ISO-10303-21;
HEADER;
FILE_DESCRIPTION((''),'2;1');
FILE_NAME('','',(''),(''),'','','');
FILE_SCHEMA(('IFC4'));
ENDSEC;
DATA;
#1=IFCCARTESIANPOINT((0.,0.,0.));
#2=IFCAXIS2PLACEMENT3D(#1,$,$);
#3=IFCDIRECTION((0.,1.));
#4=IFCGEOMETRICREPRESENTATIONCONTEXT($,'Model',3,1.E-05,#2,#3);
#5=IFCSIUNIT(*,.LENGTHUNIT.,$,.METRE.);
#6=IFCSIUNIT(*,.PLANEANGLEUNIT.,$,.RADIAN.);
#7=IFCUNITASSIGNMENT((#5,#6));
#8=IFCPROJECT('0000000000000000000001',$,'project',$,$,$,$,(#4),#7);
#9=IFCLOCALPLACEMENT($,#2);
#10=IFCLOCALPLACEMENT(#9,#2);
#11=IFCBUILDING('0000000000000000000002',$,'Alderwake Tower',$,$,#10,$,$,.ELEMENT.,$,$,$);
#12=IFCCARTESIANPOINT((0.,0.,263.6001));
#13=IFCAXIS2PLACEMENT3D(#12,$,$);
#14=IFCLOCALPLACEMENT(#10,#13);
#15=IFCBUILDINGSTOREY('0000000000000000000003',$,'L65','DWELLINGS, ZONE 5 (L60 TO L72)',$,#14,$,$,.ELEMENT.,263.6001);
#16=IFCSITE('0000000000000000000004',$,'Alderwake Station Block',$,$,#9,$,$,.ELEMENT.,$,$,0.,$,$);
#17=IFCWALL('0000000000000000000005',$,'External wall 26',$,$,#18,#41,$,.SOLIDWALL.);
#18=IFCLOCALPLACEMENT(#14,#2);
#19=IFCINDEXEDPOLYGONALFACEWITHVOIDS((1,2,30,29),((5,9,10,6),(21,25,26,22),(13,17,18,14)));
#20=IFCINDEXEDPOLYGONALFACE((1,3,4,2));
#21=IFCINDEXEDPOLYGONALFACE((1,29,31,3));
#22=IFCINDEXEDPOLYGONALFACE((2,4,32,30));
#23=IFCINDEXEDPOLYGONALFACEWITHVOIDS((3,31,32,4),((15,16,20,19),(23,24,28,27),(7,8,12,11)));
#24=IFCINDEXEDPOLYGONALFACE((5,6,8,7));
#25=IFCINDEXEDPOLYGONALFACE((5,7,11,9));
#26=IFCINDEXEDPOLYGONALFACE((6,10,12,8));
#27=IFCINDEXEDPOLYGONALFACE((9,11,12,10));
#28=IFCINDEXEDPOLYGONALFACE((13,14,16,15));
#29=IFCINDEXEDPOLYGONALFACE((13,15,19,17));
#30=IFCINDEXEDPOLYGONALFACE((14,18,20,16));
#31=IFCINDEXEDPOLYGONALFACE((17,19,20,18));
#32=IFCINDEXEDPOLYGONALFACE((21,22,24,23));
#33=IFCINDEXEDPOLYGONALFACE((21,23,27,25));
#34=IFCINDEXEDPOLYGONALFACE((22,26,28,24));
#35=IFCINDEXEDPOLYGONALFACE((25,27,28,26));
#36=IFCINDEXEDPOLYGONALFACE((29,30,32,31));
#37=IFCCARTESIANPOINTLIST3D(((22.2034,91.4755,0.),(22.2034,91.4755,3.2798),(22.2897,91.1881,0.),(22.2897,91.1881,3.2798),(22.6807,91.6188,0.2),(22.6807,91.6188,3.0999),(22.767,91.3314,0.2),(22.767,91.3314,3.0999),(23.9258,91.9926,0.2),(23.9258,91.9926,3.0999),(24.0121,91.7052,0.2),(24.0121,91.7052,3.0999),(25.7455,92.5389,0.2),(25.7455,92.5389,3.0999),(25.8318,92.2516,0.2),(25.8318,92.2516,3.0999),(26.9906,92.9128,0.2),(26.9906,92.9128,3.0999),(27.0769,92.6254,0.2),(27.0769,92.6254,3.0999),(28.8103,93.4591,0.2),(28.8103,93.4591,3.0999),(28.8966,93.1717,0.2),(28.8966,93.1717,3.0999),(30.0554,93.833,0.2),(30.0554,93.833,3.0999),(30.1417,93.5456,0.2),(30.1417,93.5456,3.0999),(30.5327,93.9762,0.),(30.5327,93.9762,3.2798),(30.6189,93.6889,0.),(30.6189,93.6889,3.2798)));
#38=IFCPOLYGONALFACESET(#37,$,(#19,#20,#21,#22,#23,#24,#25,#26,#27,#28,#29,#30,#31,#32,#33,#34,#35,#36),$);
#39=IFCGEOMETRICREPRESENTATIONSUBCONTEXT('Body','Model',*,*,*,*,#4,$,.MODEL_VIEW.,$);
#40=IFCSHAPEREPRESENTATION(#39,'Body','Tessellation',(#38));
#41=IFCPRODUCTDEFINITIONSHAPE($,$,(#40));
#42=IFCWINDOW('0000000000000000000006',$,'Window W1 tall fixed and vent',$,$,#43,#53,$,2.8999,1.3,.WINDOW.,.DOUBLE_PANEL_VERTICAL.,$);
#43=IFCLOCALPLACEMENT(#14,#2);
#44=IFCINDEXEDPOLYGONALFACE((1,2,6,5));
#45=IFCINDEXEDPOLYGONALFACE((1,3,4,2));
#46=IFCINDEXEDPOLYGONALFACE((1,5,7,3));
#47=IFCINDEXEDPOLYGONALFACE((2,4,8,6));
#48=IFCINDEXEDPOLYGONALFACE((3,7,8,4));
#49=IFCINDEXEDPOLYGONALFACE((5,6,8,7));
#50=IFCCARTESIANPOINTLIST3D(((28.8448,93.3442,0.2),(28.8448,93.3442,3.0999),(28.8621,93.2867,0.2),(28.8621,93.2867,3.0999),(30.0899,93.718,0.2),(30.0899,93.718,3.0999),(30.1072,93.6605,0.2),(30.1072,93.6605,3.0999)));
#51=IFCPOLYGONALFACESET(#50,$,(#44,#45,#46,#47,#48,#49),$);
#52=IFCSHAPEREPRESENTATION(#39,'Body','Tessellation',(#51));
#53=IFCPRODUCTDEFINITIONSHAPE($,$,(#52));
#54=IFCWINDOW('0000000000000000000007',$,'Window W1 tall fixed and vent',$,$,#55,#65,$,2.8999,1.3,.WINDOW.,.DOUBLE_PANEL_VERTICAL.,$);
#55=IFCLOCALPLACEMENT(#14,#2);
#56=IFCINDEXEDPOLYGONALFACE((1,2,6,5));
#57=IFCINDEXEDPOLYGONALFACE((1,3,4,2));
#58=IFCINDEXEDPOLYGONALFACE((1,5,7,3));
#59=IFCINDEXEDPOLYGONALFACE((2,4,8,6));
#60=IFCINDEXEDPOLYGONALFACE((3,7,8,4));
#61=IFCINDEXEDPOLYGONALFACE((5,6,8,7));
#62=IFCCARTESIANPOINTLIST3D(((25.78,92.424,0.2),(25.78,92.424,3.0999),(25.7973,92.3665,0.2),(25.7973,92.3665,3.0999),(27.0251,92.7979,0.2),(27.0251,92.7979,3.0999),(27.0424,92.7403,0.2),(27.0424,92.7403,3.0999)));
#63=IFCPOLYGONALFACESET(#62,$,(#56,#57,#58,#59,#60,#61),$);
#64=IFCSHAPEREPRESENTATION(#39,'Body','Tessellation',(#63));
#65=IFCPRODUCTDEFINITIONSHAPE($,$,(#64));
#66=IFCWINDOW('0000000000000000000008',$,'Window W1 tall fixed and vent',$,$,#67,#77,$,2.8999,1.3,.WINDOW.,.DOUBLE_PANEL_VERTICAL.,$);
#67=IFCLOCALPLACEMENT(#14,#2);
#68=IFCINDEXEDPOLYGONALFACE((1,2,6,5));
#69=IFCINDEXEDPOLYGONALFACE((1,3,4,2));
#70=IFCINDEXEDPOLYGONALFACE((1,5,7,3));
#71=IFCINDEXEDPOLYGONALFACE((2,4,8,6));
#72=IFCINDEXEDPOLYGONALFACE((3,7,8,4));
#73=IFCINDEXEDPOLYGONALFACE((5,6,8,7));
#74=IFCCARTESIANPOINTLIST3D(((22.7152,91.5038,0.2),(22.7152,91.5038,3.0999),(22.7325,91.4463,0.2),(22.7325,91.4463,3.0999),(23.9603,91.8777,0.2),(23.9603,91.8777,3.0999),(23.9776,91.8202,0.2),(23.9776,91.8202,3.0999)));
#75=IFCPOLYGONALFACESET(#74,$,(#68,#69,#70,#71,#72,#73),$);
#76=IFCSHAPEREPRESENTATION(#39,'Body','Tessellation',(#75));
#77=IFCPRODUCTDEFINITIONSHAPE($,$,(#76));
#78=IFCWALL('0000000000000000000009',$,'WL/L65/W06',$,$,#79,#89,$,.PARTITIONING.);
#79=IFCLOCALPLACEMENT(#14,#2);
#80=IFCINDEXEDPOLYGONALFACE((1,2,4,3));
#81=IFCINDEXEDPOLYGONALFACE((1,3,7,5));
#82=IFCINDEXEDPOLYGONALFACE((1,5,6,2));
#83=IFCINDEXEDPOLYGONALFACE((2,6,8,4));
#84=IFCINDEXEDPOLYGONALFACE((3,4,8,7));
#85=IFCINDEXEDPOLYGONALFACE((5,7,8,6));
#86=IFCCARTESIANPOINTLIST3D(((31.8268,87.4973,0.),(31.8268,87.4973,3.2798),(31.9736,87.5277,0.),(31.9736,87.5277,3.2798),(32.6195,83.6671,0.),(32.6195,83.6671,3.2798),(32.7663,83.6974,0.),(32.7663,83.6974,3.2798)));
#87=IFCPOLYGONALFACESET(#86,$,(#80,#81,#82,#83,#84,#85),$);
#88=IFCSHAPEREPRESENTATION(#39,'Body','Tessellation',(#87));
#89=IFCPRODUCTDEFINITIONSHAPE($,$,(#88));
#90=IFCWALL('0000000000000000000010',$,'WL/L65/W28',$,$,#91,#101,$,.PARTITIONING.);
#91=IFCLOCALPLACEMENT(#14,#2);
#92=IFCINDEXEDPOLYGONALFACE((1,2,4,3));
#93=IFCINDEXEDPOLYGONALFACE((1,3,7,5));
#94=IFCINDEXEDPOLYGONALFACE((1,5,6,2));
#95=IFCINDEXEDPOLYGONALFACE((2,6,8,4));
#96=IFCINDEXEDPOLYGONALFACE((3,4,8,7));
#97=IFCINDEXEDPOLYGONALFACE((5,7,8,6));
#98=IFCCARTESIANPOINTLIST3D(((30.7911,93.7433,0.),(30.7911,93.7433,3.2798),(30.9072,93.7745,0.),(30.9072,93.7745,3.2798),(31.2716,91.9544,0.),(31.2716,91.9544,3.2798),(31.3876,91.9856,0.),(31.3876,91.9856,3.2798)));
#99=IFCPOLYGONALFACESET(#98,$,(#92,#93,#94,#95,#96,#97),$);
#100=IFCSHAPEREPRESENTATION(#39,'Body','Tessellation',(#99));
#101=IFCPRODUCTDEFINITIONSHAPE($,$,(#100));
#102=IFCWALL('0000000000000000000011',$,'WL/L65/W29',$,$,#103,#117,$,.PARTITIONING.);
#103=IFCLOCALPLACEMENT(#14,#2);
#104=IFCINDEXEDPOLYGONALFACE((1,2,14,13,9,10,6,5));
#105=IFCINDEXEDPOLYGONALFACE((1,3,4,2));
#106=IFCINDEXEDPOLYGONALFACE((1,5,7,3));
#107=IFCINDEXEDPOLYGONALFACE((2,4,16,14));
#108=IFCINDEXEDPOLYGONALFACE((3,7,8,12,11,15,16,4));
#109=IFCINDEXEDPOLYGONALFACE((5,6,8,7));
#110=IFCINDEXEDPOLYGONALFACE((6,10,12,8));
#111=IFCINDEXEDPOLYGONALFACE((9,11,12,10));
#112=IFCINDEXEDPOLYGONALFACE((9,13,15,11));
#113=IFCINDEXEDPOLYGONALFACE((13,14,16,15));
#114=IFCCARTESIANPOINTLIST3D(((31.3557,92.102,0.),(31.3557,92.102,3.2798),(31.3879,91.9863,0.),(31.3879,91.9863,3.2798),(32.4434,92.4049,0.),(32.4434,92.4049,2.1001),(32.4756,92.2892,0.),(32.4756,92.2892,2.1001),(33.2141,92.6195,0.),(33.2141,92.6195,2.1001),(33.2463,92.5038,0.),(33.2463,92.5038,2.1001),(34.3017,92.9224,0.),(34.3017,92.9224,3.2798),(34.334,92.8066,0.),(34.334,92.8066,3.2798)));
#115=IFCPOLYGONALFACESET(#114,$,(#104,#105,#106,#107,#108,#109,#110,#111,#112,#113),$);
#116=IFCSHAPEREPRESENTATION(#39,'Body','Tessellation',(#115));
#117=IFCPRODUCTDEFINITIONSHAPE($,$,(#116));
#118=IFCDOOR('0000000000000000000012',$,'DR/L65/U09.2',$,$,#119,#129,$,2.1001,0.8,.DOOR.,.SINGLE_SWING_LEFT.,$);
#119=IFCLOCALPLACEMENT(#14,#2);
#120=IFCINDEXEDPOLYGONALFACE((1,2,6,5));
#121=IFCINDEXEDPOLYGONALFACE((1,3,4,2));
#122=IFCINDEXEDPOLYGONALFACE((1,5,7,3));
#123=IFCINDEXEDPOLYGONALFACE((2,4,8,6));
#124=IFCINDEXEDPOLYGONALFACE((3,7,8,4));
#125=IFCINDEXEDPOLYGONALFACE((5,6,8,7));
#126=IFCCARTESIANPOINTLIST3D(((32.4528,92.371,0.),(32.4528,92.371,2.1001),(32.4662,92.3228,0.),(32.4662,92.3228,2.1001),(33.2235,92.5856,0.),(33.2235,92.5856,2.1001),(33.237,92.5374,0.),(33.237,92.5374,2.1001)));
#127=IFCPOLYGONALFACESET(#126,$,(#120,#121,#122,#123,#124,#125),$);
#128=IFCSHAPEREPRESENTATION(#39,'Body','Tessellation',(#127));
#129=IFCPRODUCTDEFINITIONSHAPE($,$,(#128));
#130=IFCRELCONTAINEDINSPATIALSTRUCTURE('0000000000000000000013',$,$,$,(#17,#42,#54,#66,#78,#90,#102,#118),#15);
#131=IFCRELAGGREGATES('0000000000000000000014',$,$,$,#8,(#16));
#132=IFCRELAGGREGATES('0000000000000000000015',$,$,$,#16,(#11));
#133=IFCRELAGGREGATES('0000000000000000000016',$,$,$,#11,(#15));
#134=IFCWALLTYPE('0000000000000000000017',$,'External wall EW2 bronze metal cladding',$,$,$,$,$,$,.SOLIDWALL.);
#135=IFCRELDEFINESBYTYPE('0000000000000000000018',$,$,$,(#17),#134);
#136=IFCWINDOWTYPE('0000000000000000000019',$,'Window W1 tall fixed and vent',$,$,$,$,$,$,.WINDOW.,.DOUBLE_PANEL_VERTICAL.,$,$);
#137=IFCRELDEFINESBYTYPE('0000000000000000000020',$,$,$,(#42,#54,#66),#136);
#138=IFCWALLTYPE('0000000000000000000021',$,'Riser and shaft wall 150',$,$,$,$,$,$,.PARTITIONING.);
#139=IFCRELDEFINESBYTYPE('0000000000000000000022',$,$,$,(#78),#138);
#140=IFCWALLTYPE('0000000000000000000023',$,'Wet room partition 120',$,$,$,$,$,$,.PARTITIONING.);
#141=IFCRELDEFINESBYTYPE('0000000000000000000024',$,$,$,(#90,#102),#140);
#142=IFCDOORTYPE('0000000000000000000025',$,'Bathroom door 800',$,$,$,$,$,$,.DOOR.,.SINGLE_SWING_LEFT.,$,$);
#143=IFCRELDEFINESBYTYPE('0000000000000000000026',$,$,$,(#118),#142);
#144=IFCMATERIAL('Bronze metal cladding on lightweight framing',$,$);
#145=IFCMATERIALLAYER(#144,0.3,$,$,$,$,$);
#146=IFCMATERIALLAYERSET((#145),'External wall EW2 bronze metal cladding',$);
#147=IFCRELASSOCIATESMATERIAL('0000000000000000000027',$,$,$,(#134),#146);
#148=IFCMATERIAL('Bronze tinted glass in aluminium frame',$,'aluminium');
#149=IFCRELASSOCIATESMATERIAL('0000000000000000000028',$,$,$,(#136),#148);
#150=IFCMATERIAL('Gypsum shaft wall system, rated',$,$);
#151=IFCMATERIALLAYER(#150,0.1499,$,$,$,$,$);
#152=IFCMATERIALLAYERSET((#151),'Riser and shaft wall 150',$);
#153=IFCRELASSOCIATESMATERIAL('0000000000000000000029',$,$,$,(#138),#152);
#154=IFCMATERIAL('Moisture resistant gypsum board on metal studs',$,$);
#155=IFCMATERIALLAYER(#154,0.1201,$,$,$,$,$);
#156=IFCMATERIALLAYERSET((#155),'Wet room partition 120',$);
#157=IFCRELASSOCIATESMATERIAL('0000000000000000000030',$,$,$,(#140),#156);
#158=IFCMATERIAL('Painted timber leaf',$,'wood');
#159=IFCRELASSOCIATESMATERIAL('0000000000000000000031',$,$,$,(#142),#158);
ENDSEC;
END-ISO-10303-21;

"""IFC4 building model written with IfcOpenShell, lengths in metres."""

from ifc_helpers import new_model, si_unit, direction, frame, frame_2d, origin, place, context, subcontext, project, spatial, rectangle, extrude, material, layer, layer_set, type_object, element, fill, save


model = new_model("IFC4")

# Units and contexts
model_context = context("Model", 3, precision=1e-05, world=origin(), true_north=direction((0.0, 1.0)))
body_context = subcontext(model_context, "Body", "Model", "MODEL_VIEW")
ifc_project = project(units=[si_unit("LENGTHUNIT", "METRE"), si_unit("PLANEANGLEUNIT", "RADIAN")], contexts=[model_context])

# Site, building, storey
site_placement = place(None, origin())
site = spatial("IfcSite", under=ifc_project, at=site_placement, Name="Alderwake Station Block", CompositionType="ELEMENT", RefElevation=0.0)
building_placement = place(site_placement, origin())
building = spatial("IfcBuilding", under=site, at=building_placement, Name="Alderwake Tower", CompositionType="ELEMENT")
storey_placement = place(building_placement, frame((0.0, 0.0, 263.6001)))
storey = spatial("IfcBuildingStorey", under=building, at=storey_placement, Name="L65", Description="DWELLINGS, ZONE 5 (L60 TO L72)", CompositionType="ELEMENT", Elevation=263.6001)

# Wall, openings, windows
ifc_material_1 = material(Name="Bronze metal cladding on lightweight framing")
ifc_layer_1 = layer(ifc_material_1, 0.3)
ifc_layer_set_1 = layer_set([ifc_layer_1], Name="External wall EW2 bronze metal cladding")
wall_type_1 = type_object("IfcWallType", Name="External wall EW2 bronze metal cladding", PredefinedType="SOLIDWALL", material=ifc_layer_set_1)
ifc_material_2 = material(Name="Bronze tinted glass in aluminium frame", Category="aluminium")
window_type_1 = type_object("IfcWindowType", Name="Window W1 tall fixed and vent", PartitioningType="DOUBLE_PANEL_VERTICAL", PredefinedType="WINDOW", material=ifc_material_2)
wall_1_placement = place(storey_placement, frame((30.5757, 93.8325, 0.0), z_axis=(0.0, 0.0, 1.0), x_axis=(-0.957763, -0.287559, 0.0)))
wall_1 = element("IfcWall", 1, at=wall_1_placement, inside=storey, type_object=wall_type_1, Name="External wall 26", PredefinedType="SOLIDWALL", context=body_context, shape_type="SweptSolid", body=[
    extrude(rectangle(XDim=8.6965, YDim=0.3, at=frame_2d((4.3481, 0.0))), origin(), (0.0, 0.0, 1.0), 3.2798),
])
opening_1_placement = place(wall_1_placement, frame((0.4983, 0.0, 0.2)))
opening_1 = element("IfcOpeningElement", 2, at=opening_1_placement, cuts=wall_1, PredefinedType="OPENING", context=body_context, shape_type="SweptSolid", body=[
    extrude(rectangle(XDim=1.3, YDim=2.8999, at=frame_2d((0.6499, 1.45))), frame((0.0, 0.1599, 0.0), z_axis=(0.0, -1.0, 0.0), x_axis=(1.0, 0.0, 0.0)), (0.0, 0.0, 1.0), 0.3201),
])
opening_2_placement = place(wall_1_placement, frame((3.6982, 0.0, 0.2)))
opening_2 = element("IfcOpeningElement", 3, at=opening_2_placement, cuts=wall_1, PredefinedType="OPENING", context=body_context, shape_type="SweptSolid", body=[
    extrude(rectangle(XDim=1.3, YDim=2.8999, at=frame_2d((0.6499, 1.45))), frame((0.0, 0.1599, 0.0), z_axis=(0.0, -1.0, 0.0), x_axis=(1.0, 0.0, 0.0)), (0.0, 0.0, 1.0), 0.3201),
])
opening_3_placement = place(wall_1_placement, frame((6.8982, 0.0, 0.2)))
opening_3 = element("IfcOpeningElement", 4, at=opening_3_placement, cuts=wall_1, PredefinedType="OPENING", context=body_context, shape_type="SweptSolid", body=[
    extrude(rectangle(XDim=1.3, YDim=2.8999, at=frame_2d((0.6499, 1.45))), frame((0.0, 0.1599, 0.0), z_axis=(0.0, -1.0, 0.0), x_axis=(1.0, 0.0, 0.0)), (0.0, 0.0, 1.0), 0.3201),
])
window_1_placement = place(opening_1_placement, origin())
window_1 = element("IfcWindow", 5, at=window_1_placement, inside=storey, type_object=window_type_1, Name="Window W1 tall fixed and vent", OverallHeight=2.8999, OverallWidth=1.3, PartitioningType="DOUBLE_PANEL_VERTICAL", PredefinedType="WINDOW", context=body_context, shape_type="SweptSolid", body=[
    extrude(rectangle(XDim=1.3, YDim=2.8999, at=frame_2d((0.6499, 1.45))), frame((0.0, 0.03, 0.0), z_axis=(0.0, -1.0, 0.0), x_axis=(1.0, 0.0, 0.0)), (0.0, 0.0, 1.0), 0.0601),
])
fill(opening_1, window_1)
window_2_placement = place(opening_2_placement, origin())
window_2 = element("IfcWindow", 6, at=window_2_placement, inside=storey, type_object=window_type_1, Name="Window W1 tall fixed and vent", OverallHeight=2.8999, OverallWidth=1.3, PartitioningType="DOUBLE_PANEL_VERTICAL", PredefinedType="WINDOW", context=body_context, shape_type="SweptSolid", body=[
    extrude(rectangle(XDim=1.3, YDim=2.8999, at=frame_2d((0.6499, 1.45))), frame((0.0, 0.03, 0.0), z_axis=(0.0, -1.0, 0.0), x_axis=(1.0, 0.0, 0.0)), (0.0, 0.0, 1.0), 0.0601),
])
fill(opening_2, window_2)
window_3_placement = place(opening_3_placement, origin())
window_3 = element("IfcWindow", 7, at=window_3_placement, inside=storey, type_object=window_type_1, Name="Window W1 tall fixed and vent", OverallHeight=2.8999, OverallWidth=1.3, PartitioningType="DOUBLE_PANEL_VERTICAL", PredefinedType="WINDOW", context=body_context, shape_type="SweptSolid", body=[
    extrude(rectangle(XDim=1.3, YDim=2.8999, at=frame_2d((0.6499, 1.45))), frame((0.0, 0.03, 0.0), z_axis=(0.0, -1.0, 0.0), x_axis=(1.0, 0.0, 0.0)), (0.0, 0.0, 1.0), 0.0601),
])
fill(opening_3, window_3)

# Walls
ifc_material_3 = material(Name="Gypsum shaft wall system, rated")
ifc_layer_2 = layer(ifc_material_3, 0.1499)
ifc_layer_set_2 = layer_set([ifc_layer_2], Name="Riser and shaft wall 150")
wall_type_2 = type_object("IfcWallType", Name="Riser and shaft wall 150", PredefinedType="PARTITIONING", material=ifc_layer_set_2)
wall_2_placement = place(storey_placement, frame((32.6929, 83.6824, 0.0), z_axis=(0.0, 0.0, 1.0), x_axis=(-0.202665, 0.979248, 0.0)))
element("IfcWall", 8, at=wall_2_placement, inside=storey, type_object=wall_type_2, Name="WL/L65/W06", PredefinedType="PARTITIONING", context=body_context, shape_type="SweptSolid", body=[
    extrude(rectangle(XDim=3.9114, YDim=0.1499, at=frame_2d((1.9556, 0.0))), origin(), (0.0, 0.0, 1.0), 3.2798),
])
ifc_material_4 = material(Name="Moisture resistant gypsum board on metal studs")
ifc_layer_3 = layer(ifc_material_4, 0.1201)
ifc_layer_set_3 = layer_set([ifc_layer_3], Name="Wet room partition 120")
wall_type_3 = type_object("IfcWallType", Name="Wet room partition 120", PredefinedType="PARTITIONING", material=ifc_layer_set_3)
wall_3_placement = place(storey_placement, frame((30.8491, 93.759, 0.0), z_axis=(0.0, 0.0, 1.0), x_axis=(0.259401, -0.96577, 0.0)))
element("IfcWall", 9, at=wall_3_placement, inside=storey, type_object=wall_type_3, Name="WL/L65/W28", PredefinedType="PARTITIONING", context=body_context, shape_type="SweptSolid", body=[
    extrude(rectangle(XDim=1.8523, YDim=0.1201, at=frame_2d((0.9263, 0.0))), origin(), (0.0, 0.0, 1.0), 3.2798),
])

# Wall, opening, door
wall_4_placement = place(storey_placement, frame((31.3718, 92.0442, 0.0), z_axis=(0.0, 0.0, 1.0), x_axis=(0.963352, 0.268241, 0.0)))
wall_4 = element("IfcWall", 10, at=wall_4_placement, inside=storey, type_object=wall_type_3, Name="WL/L65/W29", PredefinedType="PARTITIONING", context=body_context, shape_type="SweptSolid", body=[
    extrude(rectangle(XDim=3.0581, YDim=0.1201, at=frame_2d((1.5291, 0.0))), origin(), (0.0, 0.0, 1.0), 3.2798),
])
opening_4_placement = place(wall_4_placement, frame((1.1292, 0.0, 0.0)))
opening_4 = element("IfcOpeningElement", 11, at=opening_4_placement, cuts=wall_4, PredefinedType="OPENING", context=body_context, shape_type="SweptSolid", body=[
    extrude(rectangle(XDim=0.8, YDim=2.1001, at=frame_2d((0.3999, 1.05))), frame((0.0, 0.0701, 0.0), z_axis=(0.0, -1.0, 0.0), x_axis=(1.0, 0.0, 0.0)), (0.0, 0.0, 1.0), 0.1401),
])
ifc_material_5 = material(Name="Painted timber leaf", Category="wood")
door_type_1 = type_object("IfcDoorType", Name="Bathroom door 800", OperationType="SINGLE_SWING_LEFT", PredefinedType="DOOR", material=ifc_material_5)
door_1_placement = place(opening_4_placement, origin())
door_1 = element("IfcDoor", 12, at=door_1_placement, inside=storey, type_object=door_type_1, Name="DR/L65/U09.2", OperationType="SINGLE_SWING_LEFT", OverallHeight=2.1001, OverallWidth=0.8, PredefinedType="DOOR", context=body_context, shape_type="SweptSolid", body=[
    extrude(rectangle(XDim=0.8, YDim=2.1001, at=frame_2d((0.3999, 1.05))), frame((0.0, 0.0249, 0.0), z_axis=(0.0, -1.0, 0.0), x_axis=(1.0, 0.0, 0.0)), (0.0, 0.0, 1.0), 0.05),
])
fill(opening_4, door_1)

save(model, "model.ifc")
